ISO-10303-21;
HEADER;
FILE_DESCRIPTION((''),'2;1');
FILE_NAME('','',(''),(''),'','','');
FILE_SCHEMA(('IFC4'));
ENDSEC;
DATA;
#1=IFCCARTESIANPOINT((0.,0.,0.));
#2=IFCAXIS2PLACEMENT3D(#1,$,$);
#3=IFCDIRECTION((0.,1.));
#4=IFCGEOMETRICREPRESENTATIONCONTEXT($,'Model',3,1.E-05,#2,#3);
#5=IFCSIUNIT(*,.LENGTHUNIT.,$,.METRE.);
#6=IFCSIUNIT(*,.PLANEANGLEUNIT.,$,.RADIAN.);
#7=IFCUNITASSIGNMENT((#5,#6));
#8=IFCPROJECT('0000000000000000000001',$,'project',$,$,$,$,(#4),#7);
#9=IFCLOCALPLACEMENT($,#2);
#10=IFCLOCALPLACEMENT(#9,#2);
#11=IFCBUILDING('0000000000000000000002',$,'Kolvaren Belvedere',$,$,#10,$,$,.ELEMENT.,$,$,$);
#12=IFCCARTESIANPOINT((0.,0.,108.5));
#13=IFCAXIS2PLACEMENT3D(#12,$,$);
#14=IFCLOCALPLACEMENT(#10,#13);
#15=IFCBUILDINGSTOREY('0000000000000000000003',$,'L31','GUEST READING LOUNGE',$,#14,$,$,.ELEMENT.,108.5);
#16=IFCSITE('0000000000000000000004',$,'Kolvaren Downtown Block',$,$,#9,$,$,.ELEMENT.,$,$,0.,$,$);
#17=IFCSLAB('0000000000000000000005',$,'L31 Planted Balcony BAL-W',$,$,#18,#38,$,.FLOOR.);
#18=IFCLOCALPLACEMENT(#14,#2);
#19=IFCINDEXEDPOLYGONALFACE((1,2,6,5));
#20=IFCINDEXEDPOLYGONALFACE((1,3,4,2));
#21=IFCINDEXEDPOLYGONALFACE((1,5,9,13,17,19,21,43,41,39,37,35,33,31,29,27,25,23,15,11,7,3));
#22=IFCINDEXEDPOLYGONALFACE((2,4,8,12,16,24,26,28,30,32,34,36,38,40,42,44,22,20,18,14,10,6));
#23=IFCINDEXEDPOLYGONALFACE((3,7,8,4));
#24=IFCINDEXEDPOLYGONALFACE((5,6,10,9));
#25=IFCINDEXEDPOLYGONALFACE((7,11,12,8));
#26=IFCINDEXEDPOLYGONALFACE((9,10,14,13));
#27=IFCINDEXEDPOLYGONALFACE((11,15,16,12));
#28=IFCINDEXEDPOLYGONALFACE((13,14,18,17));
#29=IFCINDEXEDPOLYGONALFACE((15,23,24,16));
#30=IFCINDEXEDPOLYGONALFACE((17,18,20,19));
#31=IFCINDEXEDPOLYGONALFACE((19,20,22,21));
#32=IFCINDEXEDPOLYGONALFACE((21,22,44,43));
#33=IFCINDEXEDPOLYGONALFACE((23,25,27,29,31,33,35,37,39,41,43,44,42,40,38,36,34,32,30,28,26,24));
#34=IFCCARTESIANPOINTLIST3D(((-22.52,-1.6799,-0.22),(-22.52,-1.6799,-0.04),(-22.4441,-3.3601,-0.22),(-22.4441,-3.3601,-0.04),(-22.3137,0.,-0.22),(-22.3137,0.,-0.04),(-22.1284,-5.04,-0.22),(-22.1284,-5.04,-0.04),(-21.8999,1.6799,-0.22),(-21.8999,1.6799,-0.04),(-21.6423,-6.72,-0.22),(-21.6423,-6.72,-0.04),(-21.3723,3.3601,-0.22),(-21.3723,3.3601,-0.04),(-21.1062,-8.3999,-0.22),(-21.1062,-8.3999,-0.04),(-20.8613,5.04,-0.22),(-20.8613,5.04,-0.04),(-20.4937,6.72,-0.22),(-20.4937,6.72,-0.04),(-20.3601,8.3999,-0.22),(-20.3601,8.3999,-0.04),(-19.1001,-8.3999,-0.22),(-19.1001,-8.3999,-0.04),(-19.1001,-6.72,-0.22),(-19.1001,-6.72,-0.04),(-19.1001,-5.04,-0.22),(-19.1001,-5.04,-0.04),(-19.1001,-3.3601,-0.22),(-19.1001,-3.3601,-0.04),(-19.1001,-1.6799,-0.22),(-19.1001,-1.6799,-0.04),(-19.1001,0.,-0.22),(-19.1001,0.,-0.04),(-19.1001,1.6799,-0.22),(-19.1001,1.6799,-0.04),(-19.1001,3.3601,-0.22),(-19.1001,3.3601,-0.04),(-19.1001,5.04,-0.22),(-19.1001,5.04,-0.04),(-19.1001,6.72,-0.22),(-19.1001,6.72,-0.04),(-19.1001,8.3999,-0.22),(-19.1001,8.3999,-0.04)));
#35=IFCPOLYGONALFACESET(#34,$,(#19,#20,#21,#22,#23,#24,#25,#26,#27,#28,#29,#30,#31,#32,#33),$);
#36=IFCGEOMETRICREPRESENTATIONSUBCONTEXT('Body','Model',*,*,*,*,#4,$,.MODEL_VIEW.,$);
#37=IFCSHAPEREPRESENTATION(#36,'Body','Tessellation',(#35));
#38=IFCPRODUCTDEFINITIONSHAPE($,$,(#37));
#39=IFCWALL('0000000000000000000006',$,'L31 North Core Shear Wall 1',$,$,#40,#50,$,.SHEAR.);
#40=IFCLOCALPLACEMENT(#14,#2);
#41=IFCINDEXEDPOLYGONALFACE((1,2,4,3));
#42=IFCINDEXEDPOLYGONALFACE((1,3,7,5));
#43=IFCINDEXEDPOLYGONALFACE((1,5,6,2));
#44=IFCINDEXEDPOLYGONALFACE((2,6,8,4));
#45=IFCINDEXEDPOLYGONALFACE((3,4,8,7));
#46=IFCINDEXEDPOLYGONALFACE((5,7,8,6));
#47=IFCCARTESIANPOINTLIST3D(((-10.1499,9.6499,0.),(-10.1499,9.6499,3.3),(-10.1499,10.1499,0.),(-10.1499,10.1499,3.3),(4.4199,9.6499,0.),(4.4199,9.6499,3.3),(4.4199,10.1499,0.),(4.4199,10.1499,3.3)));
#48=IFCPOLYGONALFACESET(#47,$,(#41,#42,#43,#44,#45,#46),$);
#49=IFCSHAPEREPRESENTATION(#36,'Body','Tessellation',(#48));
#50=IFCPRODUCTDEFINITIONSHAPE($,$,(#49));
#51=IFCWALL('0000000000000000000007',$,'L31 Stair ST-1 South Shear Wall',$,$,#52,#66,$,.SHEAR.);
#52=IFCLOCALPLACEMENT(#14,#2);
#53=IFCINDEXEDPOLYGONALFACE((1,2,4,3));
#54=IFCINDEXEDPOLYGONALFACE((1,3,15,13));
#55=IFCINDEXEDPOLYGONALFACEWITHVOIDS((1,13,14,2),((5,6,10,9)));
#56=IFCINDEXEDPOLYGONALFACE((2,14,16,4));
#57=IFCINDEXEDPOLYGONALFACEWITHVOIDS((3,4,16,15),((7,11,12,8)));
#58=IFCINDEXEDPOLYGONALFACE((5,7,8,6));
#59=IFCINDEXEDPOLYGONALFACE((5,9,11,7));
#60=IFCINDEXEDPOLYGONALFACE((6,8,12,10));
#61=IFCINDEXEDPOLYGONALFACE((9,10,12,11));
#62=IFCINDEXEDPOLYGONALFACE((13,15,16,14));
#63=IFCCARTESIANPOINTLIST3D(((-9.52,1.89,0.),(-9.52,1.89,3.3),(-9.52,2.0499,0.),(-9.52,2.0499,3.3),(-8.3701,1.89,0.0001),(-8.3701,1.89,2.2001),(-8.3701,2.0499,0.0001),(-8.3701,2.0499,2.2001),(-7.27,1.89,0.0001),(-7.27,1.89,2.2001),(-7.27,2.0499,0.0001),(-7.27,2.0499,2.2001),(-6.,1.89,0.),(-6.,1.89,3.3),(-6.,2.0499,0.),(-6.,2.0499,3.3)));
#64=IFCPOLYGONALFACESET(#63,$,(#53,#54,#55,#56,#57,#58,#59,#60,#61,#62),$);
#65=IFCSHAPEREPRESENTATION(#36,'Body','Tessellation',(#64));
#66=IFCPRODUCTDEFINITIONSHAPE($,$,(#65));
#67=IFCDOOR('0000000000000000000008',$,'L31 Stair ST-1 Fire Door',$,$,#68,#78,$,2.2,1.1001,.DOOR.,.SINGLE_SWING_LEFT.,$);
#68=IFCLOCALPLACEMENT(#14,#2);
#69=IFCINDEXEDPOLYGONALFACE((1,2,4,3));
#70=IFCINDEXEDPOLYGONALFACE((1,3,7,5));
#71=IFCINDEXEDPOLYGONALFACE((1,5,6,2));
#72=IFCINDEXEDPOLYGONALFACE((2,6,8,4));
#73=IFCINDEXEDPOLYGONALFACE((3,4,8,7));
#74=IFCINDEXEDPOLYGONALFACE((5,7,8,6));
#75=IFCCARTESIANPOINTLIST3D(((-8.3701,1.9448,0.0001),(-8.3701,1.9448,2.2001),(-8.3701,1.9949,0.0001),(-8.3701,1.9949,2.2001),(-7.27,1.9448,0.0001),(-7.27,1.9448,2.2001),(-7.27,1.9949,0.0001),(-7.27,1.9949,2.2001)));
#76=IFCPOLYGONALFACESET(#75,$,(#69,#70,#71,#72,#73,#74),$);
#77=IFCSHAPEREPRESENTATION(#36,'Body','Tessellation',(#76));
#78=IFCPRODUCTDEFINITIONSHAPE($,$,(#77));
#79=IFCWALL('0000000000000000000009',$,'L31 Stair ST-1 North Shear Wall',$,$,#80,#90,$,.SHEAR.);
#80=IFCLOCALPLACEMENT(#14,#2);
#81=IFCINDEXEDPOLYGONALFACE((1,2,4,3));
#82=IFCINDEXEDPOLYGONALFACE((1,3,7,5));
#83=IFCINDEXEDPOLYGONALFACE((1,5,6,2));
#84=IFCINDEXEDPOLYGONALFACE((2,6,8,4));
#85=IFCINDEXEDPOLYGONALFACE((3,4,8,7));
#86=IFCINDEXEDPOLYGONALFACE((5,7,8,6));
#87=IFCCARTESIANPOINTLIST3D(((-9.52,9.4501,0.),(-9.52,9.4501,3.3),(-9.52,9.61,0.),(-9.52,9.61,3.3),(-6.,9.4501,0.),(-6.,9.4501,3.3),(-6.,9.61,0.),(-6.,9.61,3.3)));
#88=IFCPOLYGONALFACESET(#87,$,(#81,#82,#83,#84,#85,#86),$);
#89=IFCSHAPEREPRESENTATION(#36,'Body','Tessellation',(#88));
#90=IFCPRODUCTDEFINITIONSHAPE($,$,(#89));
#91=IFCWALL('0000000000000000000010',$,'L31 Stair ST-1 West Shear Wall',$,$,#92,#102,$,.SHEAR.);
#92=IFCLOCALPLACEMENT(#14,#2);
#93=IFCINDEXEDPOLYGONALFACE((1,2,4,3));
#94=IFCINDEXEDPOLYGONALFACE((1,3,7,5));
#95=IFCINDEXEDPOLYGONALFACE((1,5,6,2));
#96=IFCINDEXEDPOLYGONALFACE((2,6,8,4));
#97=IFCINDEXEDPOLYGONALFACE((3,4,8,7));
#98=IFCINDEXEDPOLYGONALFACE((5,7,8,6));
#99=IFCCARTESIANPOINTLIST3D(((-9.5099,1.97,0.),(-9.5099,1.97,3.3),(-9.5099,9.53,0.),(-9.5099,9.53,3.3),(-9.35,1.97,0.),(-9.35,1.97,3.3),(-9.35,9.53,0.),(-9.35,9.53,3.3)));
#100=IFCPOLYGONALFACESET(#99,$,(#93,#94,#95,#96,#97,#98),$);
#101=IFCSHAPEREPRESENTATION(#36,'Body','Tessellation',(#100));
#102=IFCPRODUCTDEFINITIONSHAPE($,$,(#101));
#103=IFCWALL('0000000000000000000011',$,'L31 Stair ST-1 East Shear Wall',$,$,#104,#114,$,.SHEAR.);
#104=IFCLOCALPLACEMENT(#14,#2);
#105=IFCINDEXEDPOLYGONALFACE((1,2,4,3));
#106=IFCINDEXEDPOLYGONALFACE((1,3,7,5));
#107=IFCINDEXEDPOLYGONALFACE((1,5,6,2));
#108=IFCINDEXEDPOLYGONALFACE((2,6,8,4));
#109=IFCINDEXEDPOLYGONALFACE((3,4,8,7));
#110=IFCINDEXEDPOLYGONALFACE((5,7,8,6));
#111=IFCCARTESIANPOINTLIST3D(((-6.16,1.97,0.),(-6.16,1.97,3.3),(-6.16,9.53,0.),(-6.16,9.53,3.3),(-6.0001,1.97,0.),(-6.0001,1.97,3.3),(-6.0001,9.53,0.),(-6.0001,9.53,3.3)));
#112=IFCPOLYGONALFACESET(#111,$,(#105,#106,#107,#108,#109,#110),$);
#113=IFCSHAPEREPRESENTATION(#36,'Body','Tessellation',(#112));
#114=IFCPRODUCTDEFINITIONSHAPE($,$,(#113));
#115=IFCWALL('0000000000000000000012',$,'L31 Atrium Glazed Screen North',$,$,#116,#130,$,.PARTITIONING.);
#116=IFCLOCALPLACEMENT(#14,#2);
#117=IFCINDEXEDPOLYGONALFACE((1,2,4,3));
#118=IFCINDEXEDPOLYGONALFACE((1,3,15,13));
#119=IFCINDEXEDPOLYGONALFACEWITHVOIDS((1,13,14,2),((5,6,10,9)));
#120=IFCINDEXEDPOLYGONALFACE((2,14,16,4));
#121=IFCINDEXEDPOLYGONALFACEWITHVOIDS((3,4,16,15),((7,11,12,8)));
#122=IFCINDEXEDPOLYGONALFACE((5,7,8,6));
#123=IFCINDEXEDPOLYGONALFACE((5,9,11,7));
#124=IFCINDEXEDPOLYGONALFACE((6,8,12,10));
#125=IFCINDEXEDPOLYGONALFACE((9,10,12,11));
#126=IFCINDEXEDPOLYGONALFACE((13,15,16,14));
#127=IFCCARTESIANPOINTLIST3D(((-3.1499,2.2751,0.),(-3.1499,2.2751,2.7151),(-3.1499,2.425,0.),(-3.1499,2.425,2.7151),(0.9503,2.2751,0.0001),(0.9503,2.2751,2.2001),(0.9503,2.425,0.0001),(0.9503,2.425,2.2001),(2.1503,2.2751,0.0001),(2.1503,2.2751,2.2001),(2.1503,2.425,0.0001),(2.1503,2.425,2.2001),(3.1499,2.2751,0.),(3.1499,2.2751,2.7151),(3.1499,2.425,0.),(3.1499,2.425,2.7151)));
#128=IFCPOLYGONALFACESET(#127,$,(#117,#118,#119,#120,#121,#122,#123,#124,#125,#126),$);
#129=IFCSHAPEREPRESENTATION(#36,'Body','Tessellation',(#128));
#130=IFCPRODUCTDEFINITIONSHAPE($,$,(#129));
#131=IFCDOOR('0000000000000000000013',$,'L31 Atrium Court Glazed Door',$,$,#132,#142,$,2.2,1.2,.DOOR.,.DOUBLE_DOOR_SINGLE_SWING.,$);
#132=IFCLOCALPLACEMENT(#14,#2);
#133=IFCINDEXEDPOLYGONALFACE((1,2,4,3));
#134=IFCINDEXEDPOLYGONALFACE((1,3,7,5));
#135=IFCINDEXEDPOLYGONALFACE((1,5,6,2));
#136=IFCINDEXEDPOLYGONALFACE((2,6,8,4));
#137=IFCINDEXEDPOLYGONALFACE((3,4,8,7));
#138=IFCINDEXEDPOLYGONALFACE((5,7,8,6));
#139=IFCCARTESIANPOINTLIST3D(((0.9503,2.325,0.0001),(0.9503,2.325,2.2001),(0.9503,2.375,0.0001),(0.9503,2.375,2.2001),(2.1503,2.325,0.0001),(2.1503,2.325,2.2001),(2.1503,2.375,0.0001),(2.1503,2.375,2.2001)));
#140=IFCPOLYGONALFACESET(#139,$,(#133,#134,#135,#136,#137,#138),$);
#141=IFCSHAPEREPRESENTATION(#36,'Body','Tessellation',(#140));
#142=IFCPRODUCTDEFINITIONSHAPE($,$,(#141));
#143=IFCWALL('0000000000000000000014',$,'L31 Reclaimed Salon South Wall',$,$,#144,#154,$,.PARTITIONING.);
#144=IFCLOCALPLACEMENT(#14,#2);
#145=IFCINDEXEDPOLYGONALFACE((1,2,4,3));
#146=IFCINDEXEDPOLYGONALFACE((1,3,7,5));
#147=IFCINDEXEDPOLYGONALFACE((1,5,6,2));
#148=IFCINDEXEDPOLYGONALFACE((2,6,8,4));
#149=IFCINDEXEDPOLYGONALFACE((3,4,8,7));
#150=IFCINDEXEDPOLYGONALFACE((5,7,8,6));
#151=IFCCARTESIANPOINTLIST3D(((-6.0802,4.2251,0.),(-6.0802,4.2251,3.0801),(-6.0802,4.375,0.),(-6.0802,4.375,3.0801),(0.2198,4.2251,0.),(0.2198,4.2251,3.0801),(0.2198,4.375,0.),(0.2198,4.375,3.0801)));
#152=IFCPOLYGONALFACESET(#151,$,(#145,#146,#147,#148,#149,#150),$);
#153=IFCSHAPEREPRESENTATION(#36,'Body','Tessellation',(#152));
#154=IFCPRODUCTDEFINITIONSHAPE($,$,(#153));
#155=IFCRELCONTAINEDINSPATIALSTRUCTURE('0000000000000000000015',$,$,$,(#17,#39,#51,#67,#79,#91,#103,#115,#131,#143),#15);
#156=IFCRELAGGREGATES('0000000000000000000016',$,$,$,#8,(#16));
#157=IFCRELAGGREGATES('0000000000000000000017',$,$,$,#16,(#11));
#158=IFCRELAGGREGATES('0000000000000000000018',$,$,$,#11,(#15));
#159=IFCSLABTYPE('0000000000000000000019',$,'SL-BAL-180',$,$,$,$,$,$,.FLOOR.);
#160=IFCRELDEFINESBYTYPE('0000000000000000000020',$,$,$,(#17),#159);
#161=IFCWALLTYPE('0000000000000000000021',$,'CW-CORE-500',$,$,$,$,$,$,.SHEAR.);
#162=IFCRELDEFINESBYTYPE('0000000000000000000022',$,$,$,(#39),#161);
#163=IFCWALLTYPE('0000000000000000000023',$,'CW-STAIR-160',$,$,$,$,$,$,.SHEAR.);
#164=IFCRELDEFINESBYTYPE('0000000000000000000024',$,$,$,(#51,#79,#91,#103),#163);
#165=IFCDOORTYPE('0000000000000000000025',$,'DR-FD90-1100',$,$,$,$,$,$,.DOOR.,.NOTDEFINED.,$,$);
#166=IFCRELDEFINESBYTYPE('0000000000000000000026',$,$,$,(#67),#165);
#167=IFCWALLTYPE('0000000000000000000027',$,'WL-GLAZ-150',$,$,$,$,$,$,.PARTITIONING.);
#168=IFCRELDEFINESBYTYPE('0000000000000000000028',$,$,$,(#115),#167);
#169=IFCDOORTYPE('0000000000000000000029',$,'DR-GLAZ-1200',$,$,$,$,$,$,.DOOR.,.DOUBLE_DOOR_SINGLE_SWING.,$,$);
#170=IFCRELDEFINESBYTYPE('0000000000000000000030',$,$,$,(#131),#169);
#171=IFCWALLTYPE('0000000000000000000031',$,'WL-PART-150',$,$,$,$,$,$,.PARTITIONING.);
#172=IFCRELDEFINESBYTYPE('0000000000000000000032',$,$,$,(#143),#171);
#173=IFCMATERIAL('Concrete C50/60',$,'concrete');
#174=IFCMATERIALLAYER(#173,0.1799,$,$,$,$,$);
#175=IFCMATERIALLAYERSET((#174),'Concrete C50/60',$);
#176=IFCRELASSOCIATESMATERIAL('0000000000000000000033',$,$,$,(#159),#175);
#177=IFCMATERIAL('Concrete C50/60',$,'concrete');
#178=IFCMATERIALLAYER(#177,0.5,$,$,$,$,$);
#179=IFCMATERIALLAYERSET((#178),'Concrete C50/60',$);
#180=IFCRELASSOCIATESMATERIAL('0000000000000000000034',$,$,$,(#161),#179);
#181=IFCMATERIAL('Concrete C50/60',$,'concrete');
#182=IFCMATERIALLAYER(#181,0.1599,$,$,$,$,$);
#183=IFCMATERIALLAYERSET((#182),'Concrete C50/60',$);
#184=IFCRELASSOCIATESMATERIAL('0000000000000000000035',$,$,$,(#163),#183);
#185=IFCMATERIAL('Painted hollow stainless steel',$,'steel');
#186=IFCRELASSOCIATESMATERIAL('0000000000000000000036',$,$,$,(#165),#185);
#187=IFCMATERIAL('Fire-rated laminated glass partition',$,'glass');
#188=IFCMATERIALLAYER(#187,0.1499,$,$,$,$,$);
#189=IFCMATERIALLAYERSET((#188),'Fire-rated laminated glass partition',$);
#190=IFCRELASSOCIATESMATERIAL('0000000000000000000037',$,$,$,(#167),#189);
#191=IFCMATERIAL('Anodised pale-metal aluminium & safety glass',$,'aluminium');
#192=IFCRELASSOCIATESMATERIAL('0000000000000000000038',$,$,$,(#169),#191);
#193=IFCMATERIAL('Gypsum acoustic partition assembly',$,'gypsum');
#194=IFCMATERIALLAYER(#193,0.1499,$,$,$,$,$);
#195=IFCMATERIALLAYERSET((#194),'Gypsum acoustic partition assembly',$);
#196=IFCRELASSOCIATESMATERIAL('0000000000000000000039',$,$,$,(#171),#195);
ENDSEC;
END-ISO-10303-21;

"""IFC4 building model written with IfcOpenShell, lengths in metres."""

from ifc_helpers import new_model, si_unit, direction, frame, frame_2d, origin, place, context, subcontext, project, spatial, polyline, rectangle, outline, extrude, material, layer, layer_set, type_object, element, fill, save


model = new_model("IFC4")

# Units and contexts
model_context = context("Model", 3, precision=1e-05, world=origin(), true_north=direction((0.0, 1.0)))
body_context = subcontext(model_context, "Body", "Model", "MODEL_VIEW")
ifc_project = project(units=[si_unit("LENGTHUNIT", "METRE"), si_unit("PLANEANGLEUNIT", "RADIAN")], contexts=[model_context])

# Site, building, storey
site_placement = place(None, origin())
site = spatial("IfcSite", under=ifc_project, at=site_placement, Name="Kolvaren Downtown Block", CompositionType="ELEMENT", RefElevation=0.0)
building_placement = place(site_placement, origin())
building = spatial("IfcBuilding", under=site, at=building_placement, Name="Kolvaren Belvedere", CompositionType="ELEMENT")
storey_placement = place(building_placement, frame((0.0, 0.0, 108.5)))
storey = spatial("IfcBuildingStorey", under=building, at=storey_placement, Name="L31", Description="GUEST READING LOUNGE", CompositionType="ELEMENT", Elevation=108.5)

# Slab
ifc_material_1 = material(Name="Concrete C50/60", Category="concrete")
ifc_layer_1 = layer(ifc_material_1, 0.1799)
ifc_layer_set_1 = layer_set([ifc_layer_1], Name="Concrete C50/60")
slab_type = type_object("IfcSlabType", Name="SL-BAL-180", PredefinedType="FLOOR", material=ifc_layer_set_1)
slab_1_placement = place(storey_placement, frame((0.0, 0.0, -0.22)))
element("IfcSlab", 1, at=slab_1_placement, inside=storey, type_object=slab_type, Name="L31 Planted Balcony BAL-W", PredefinedType="FLOOR", context=body_context, shape_type="SweptSolid", body=[
    extrude(outline(polyline([(-20.3601, 8.3999), (-20.4937, 6.72), (-20.8613, 5.04), (-21.3723, 3.3601), (-21.8999, 1.6799), (-22.3137, 0.0), (-22.52, -1.6799), (-22.4441, -3.3601), (-22.1284, -5.04), (-21.6423, -6.72), (-21.1062, -8.3999), (-19.1001, -8.3999), (-19.1001, -6.72), (-19.1001, -5.04), (-19.1001, -3.3601), (-19.1001, -1.6799), (-19.1001, 0.0), (-19.1001, 1.6799), (-19.1001, 3.3601), (-19.1001, 5.04), (-19.1001, 6.72), (-19.1001, 8.3999), (-20.3601, 8.3999)])), origin(), (0.0, 0.0, 1.0), 0.1799),
])

# Wall
ifc_material_2 = material(Name="Concrete C50/60", Category="concrete")
ifc_layer_2 = layer(ifc_material_2, 0.5)
ifc_layer_set_2 = layer_set([ifc_layer_2], Name="Concrete C50/60")
wall_type_1 = type_object("IfcWallType", Name="CW-CORE-500", PredefinedType="SHEAR", material=ifc_layer_set_2)
wall_1_placement = place(storey_placement, frame((-10.1499, 9.8999, 0.0), z_axis=(0.0, 0.0, 1.0), x_axis=(1.0, 0.0, 0.0)))
element("IfcWall", 2, at=wall_1_placement, inside=storey, type_object=wall_type_1, Name="L31 North Core Shear Wall 1", PredefinedType="SHEAR", context=body_context, shape_type="SweptSolid", body=[
    extrude(rectangle(XDim=14.5698, YDim=0.5, at=frame_2d((7.2849, 0.0))), origin(), (0.0, 0.0, 1.0), 3.3),
])

# Wall, opening, door
ifc_material_3 = material(Name="Concrete C50/60", Category="concrete")
ifc_layer_3 = layer(ifc_material_3, 0.1599)
ifc_layer_set_3 = layer_set([ifc_layer_3], Name="Concrete C50/60")
wall_type_2 = type_object("IfcWallType", Name="CW-STAIR-160", PredefinedType="SHEAR", material=ifc_layer_set_3)
wall_2_placement = place(storey_placement, frame((-9.52, 1.97, 0.0), z_axis=(0.0, 0.0, 1.0), x_axis=(1.0, 0.0, 0.0)))
wall_2 = element("IfcWall", 3, at=wall_2_placement, inside=storey, type_object=wall_type_2, Name="L31 Stair ST-1 South Shear Wall", PredefinedType="SHEAR", context=body_context, shape_type="SweptSolid", body=[
    extrude(rectangle(XDim=3.52, YDim=0.1599, at=frame_2d((1.76, 0.0))), origin(), (0.0, 0.0, 1.0), 3.3),
])
opening_1_placement = place(wall_2_placement, frame((1.1499, 0.0, 0.0)))
opening_1 = element("IfcOpeningElement", 4, at=opening_1_placement, cuts=wall_2, PredefinedType="OPENING", context=body_context, shape_type="SweptSolid", body=[
    extrude(rectangle(XDim=1.1001, YDim=2.2, at=frame_2d((0.55, 1.1001))), frame((0.0, 0.0898, 0.0), z_axis=(0.0, -1.0, 0.0), x_axis=(1.0, 0.0, 0.0)), (0.0, 0.0, 1.0), 0.1799),
])
ifc_material_4 = material(Name="Painted hollow stainless steel", Category="steel")
door_type_1 = type_object("IfcDoorType", Name="DR-FD90-1100", OperationType="NOTDEFINED", PredefinedType="DOOR", material=ifc_material_4)
door_1_placement = place(opening_1_placement, origin())
door_1 = element("IfcDoor", 5, at=door_1_placement, inside=storey, type_object=door_type_1, Name="L31 Stair ST-1 Fire Door", OperationType="SINGLE_SWING_LEFT", OverallHeight=2.2, OverallWidth=1.1001, PredefinedType="DOOR", context=body_context, shape_type="SweptSolid", body=[
    extrude(rectangle(XDim=1.1001, YDim=2.2, at=frame_2d((0.55, 1.1001))), frame((0.0, 0.0249, 0.0), z_axis=(0.0, -1.0, 0.0), x_axis=(1.0, 0.0, 0.0)), (0.0, 0.0, 1.0), 0.05),
])
fill(opening_1, door_1)

# Walls
wall_3_placement = place(storey_placement, frame((-9.52, 9.53, 0.0), z_axis=(0.0, 0.0, 1.0), x_axis=(1.0, 0.0, 0.0)))
element("IfcWall", 6, at=wall_3_placement, inside=storey, type_object=wall_type_2, Name="L31 Stair ST-1 North Shear Wall", PredefinedType="SHEAR", context=body_context, shape_type="SweptSolid", body=[
    extrude(rectangle(XDim=3.52, YDim=0.1599, at=frame_2d((1.76, 0.0))), origin(), (0.0, 0.0, 1.0), 3.3),
])
for number, where, z_axis, x_axis, name in (
    (7, (-9.4299, 1.97, 0.0), (0.0, 0.0, 1.0), (0.0, 1.0, 0.0), "L31 Stair ST-1 West Shear Wall"),
    (8, (-6.0801, 1.97, 0.0), (0.0, 0.0, 1.0), (0.0, 1.0, 0.0), "L31 Stair ST-1 East Shear Wall"),
):
    element("IfcWall", number, at=place(storey_placement, frame(where, z_axis=z_axis, x_axis=x_axis)), inside=storey, type_object=wall_type_2, Name=name, PredefinedType="SHEAR", context=body_context, shape_type="SweptSolid", body=[
        extrude(rectangle(XDim=7.5601, YDim=0.1599, at=frame_2d((3.78, 0.0))), origin(), (0.0, 0.0, 1.0), 3.3),
    ])

# Wall, opening, door
ifc_material_5 = material(Name="Fire-rated laminated glass partition", Category="glass")
ifc_layer_4 = layer(ifc_material_5, 0.1499)
ifc_layer_set_4 = layer_set([ifc_layer_4], Name="Fire-rated laminated glass partition")
wall_type_3 = type_object("IfcWallType", Name="WL-GLAZ-150", PredefinedType="PARTITIONING", material=ifc_layer_set_4)
wall_4_placement = place(storey_placement, frame((-3.1499, 2.3501, 0.0), z_axis=(0.0, 0.0, 1.0), x_axis=(1.0, 0.0, 0.0)))
wall_4 = element("IfcWall", 9, at=wall_4_placement, inside=storey, type_object=wall_type_3, Name="L31 Atrium Glazed Screen North", PredefinedType="PARTITIONING", context=body_context, shape_type="SweptSolid", body=[
    extrude(rectangle(XDim=6.2998, YDim=0.1499, at=frame_2d((3.1499, 0.0))), origin(), (0.0, 0.0, 1.0), 2.7151),
])
opening_2_placement = place(wall_4_placement, frame((4.1001, 0.0, 0.0)))
opening_2 = element("IfcOpeningElement", 10, at=opening_2_placement, cuts=wall_4, PredefinedType="OPENING", context=body_context, shape_type="SweptSolid", body=[
    extrude(rectangle(XDim=1.2, YDim=2.2, at=frame_2d((0.6001, 1.1001))), frame((0.0, 0.085, 0.0), z_axis=(0.0, -1.0, 0.0), x_axis=(1.0, 0.0, 0.0)), (0.0, 0.0, 1.0), 0.1699),
])
ifc_material_6 = material(Name="Anodised pale-metal aluminium & safety glass", Category="aluminium")
door_type_2 = type_object("IfcDoorType", Name="DR-GLAZ-1200", OperationType="DOUBLE_DOOR_SINGLE_SWING", PredefinedType="DOOR", material=ifc_material_6)
door_2_placement = place(opening_2_placement, origin())
door_2 = element("IfcDoor", 11, at=door_2_placement, inside=storey, type_object=door_type_2, Name="L31 Atrium Court Glazed Door", OperationType="DOUBLE_DOOR_SINGLE_SWING", OverallHeight=2.2, OverallWidth=1.2, PredefinedType="DOOR", context=body_context, shape_type="SweptSolid", body=[
    extrude(rectangle(XDim=1.2, YDim=2.2, at=frame_2d((0.6001, 1.1001))), frame((0.0, 0.0249, 0.0), z_axis=(0.0, -1.0, 0.0), x_axis=(1.0, 0.0, 0.0)), (0.0, 0.0, 1.0), 0.05),
])
fill(opening_2, door_2)

# Wall
ifc_material_7 = material(Name="Gypsum acoustic partition assembly", Category="gypsum")
ifc_layer_5 = layer(ifc_material_7, 0.1499)
ifc_layer_set_5 = layer_set([ifc_layer_5], Name="Gypsum acoustic partition assembly")
wall_type_4 = type_object("IfcWallType", Name="WL-PART-150", PredefinedType="PARTITIONING", material=ifc_layer_set_5)
wall_5_placement = place(storey_placement, frame((-6.0801, 4.3, 0.0), z_axis=(0.0, 0.0, 1.0), x_axis=(1.0, 0.0, 0.0)))
element("IfcWall", 12, at=wall_5_placement, inside=storey, type_object=wall_type_4, Name="L31 Reclaimed Salon South Wall", PredefinedType="PARTITIONING", context=body_context, shape_type="SweptSolid", body=[
    extrude(rectangle(XDim=6.3, YDim=0.1499, at=frame_2d((3.1499, 0.0))), origin(), (0.0, 0.0, 1.0), 3.0801),
])

save(model, "model.ifc")
